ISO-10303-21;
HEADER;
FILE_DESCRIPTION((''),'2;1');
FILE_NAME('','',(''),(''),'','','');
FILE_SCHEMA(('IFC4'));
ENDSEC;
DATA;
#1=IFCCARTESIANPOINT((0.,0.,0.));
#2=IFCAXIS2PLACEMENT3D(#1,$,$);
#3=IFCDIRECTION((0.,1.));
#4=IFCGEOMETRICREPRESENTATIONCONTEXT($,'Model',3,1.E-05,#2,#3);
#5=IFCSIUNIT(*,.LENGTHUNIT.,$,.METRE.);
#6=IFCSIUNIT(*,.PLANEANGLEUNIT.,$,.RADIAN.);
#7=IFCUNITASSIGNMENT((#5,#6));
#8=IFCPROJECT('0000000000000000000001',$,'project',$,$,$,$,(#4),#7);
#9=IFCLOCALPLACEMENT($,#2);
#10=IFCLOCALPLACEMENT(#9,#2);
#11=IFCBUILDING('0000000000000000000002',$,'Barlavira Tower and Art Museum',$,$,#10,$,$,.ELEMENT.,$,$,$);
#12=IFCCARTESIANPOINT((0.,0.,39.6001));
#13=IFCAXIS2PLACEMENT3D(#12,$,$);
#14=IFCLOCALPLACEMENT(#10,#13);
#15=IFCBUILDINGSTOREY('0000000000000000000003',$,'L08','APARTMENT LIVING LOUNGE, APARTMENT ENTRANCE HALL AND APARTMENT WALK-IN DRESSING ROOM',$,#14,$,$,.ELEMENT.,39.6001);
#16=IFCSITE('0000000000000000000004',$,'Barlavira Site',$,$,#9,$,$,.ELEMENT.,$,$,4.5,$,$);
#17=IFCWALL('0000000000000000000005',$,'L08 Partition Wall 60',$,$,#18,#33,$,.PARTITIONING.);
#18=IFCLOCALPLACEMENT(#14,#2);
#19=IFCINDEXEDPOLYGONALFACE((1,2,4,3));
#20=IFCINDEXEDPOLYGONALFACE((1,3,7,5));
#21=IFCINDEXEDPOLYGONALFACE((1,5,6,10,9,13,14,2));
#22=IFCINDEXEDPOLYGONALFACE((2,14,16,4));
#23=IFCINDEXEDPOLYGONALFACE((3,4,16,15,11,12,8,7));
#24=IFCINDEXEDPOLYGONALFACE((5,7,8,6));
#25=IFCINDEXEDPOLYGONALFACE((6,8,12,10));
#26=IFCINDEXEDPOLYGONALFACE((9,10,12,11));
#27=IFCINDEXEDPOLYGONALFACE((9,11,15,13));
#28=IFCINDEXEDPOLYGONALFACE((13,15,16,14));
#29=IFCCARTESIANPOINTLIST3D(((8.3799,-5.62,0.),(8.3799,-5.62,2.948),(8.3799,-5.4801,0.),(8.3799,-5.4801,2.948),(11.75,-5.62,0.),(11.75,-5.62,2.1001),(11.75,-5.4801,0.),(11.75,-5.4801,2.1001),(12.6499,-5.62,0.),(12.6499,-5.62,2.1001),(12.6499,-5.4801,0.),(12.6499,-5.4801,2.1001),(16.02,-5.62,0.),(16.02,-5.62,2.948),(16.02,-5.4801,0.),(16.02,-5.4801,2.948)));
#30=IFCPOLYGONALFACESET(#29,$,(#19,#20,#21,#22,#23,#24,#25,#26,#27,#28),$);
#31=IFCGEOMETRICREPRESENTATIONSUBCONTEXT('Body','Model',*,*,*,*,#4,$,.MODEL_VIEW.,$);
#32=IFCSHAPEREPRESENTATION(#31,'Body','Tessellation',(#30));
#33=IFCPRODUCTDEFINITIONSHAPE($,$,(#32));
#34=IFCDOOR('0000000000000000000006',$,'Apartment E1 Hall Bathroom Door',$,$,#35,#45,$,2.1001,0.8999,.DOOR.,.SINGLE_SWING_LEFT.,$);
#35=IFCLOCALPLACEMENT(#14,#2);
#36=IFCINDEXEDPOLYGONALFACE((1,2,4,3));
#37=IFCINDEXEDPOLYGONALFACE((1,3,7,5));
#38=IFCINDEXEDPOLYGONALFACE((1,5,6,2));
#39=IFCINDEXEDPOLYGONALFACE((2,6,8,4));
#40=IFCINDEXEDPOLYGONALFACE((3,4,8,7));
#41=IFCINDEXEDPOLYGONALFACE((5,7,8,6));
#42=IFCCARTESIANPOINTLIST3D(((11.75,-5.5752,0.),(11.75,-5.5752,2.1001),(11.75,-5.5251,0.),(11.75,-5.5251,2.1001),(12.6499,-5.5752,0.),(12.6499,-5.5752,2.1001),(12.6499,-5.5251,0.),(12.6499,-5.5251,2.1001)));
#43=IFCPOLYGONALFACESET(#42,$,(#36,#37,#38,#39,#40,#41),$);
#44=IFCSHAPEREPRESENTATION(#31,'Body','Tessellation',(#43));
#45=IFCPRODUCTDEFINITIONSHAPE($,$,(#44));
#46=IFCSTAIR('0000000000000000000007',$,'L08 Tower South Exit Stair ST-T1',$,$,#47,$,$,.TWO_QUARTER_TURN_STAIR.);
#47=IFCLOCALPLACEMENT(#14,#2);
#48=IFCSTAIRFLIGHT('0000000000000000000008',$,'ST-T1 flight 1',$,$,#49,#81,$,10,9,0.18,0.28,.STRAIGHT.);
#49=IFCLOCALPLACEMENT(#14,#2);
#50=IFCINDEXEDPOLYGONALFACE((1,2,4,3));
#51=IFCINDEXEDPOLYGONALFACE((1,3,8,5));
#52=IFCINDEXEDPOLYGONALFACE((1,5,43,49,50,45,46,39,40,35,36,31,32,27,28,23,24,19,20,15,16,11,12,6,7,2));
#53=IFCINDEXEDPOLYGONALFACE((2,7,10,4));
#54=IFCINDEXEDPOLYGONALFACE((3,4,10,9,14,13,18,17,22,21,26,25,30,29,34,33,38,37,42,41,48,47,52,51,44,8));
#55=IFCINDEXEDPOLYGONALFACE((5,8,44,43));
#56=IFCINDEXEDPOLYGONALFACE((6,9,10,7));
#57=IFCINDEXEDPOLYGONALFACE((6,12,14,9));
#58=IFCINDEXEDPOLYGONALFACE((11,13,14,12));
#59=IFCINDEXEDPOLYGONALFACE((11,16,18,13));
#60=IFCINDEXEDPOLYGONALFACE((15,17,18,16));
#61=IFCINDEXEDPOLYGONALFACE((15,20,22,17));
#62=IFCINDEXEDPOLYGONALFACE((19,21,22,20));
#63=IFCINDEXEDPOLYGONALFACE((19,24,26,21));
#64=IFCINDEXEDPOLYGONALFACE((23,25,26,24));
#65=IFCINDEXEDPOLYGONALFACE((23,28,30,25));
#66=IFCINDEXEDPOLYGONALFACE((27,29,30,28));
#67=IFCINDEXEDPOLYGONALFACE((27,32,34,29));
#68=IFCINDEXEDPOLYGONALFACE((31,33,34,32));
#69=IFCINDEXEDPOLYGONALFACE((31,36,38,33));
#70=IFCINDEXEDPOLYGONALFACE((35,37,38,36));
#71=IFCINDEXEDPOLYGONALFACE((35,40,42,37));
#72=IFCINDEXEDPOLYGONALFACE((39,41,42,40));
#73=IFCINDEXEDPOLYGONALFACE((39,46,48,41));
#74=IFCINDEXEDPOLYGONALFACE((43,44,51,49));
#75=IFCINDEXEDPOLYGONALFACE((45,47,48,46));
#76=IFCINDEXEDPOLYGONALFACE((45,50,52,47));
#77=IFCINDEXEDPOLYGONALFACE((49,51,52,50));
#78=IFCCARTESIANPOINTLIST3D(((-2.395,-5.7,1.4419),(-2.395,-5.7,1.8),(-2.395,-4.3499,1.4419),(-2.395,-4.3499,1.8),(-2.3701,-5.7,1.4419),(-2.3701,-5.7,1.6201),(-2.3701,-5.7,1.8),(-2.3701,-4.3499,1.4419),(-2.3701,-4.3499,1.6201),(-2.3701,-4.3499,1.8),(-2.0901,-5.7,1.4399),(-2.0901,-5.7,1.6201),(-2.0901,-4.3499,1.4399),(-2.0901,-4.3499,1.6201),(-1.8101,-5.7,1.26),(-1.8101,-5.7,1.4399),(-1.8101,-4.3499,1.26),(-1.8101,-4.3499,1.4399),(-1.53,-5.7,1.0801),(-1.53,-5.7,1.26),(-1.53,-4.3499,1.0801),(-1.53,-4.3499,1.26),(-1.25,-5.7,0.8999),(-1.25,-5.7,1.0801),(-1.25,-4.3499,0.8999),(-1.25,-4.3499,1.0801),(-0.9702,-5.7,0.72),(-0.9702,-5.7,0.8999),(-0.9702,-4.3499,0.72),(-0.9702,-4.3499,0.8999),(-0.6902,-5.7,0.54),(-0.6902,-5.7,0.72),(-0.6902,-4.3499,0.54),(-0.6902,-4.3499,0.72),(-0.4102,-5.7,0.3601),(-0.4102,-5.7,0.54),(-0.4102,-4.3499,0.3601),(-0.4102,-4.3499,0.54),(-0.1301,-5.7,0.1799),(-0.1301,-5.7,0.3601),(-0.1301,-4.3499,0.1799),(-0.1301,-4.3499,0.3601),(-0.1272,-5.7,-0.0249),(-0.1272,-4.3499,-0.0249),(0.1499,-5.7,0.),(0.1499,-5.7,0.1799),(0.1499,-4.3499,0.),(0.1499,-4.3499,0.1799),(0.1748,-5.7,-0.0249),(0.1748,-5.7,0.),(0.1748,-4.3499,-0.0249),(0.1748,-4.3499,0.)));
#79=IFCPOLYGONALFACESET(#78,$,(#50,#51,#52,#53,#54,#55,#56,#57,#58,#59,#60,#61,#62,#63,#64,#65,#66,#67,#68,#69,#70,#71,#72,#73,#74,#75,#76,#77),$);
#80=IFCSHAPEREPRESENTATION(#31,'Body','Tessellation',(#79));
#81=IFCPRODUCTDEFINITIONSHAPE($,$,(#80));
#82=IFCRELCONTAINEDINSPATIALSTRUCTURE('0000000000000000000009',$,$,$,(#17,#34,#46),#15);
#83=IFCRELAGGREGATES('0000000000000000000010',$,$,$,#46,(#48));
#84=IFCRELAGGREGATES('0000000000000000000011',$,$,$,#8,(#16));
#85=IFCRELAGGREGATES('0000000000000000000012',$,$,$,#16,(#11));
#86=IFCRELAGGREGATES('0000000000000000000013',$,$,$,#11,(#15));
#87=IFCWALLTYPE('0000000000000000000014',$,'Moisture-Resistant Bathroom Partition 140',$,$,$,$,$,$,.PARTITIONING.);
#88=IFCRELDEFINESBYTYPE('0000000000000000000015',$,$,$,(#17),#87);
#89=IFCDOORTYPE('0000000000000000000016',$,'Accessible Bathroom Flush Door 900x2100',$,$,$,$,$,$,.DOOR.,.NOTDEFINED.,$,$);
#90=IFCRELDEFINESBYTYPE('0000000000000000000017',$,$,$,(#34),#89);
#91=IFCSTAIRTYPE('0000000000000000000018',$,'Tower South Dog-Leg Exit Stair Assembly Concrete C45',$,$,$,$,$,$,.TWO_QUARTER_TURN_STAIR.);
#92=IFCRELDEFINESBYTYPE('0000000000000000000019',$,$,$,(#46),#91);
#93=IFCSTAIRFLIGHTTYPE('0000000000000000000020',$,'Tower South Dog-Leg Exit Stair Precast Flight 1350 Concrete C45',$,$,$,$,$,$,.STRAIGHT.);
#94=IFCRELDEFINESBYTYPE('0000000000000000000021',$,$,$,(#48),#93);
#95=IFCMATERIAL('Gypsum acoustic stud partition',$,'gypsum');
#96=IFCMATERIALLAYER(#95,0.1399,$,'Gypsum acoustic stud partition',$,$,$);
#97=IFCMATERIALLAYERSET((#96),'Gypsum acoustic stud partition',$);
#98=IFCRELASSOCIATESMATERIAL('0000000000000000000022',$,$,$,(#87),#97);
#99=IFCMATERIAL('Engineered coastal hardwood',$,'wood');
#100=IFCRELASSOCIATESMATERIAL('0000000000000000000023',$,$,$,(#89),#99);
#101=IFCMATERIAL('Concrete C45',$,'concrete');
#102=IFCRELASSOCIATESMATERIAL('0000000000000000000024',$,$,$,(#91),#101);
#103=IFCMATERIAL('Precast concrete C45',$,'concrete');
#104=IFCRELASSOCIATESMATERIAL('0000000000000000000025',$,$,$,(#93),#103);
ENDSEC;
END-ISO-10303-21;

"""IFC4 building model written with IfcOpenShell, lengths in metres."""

from ifc_helpers import new_model, si_unit, direction, frame, frame_2d, origin, place, context, subcontext, project, spatial, polyline, rectangle, outline, extrude, material, layer, layer_set, type_object, element, fill, aggregate, save


model = new_model("IFC4")

# Units and contexts
model_context = context("Model", 3, precision=1e-05, world=origin(), true_north=direction((0.0, 1.0)))
body_context = subcontext(model_context, "Body", "Model", "MODEL_VIEW")
ifc_project = project(units=[si_unit("LENGTHUNIT", "METRE"), si_unit("PLANEANGLEUNIT", "RADIAN")], contexts=[model_context])

# Site, building, storey
site_placement = place(None, origin())
site = spatial("IfcSite", under=ifc_project, at=site_placement, Name="Barlavira Site", CompositionType="ELEMENT", RefElevation=4.5)
building_placement = place(site_placement, origin())
building = spatial("IfcBuilding", under=site, at=building_placement, Name="Barlavira Tower and Art Museum", CompositionType="ELEMENT")
storey_placement = place(building_placement, frame((0.0, 0.0, 39.6001)))
storey = spatial("IfcBuildingStorey", under=building, at=storey_placement, Name="L08", Description="APARTMENT LIVING LOUNGE, APARTMENT ENTRANCE HALL AND APARTMENT WALK-IN DRESSING ROOM", CompositionType="ELEMENT", Elevation=39.6001)

# Shared definitions
ifc_material_1 = material(Name="Gypsum acoustic stud partition", Category="gypsum")
ifc_material_2 = material(Name="Engineered coastal hardwood", Category="wood")

# Wall, opening, door
ifc_layer_1 = layer(ifc_material_1, 0.1399, Name="Gypsum acoustic stud partition")
ifc_layer_set_1 = layer_set([ifc_layer_1], Name="Gypsum acoustic stud partition")
wall_type_1 = type_object("IfcWallType", Name="Moisture-Resistant Bathroom Partition 140", PredefinedType="PARTITIONING", material=ifc_layer_set_1)
wall_1_placement = place(storey_placement, frame((8.3799, -5.55, 0.0), z_axis=(0.0, 0.0, 1.0), x_axis=(1.0, 0.0, 0.0)))
wall_1 = element("IfcWall", 1, at=wall_1_placement, inside=storey, type_object=wall_type_1, Name="L08 Partition Wall 60", PredefinedType="PARTITIONING", context=body_context, shape_type="SweptSolid", body=[
    extrude(rectangle(XDim=7.6401, YDim=0.1399, at=frame_2d((3.8201, 0.0))), origin(), (0.0, 0.0, 1.0), 2.948),
])
opening_1_placement = place(wall_1_placement, frame((3.3701, 0.0, 0.0)))
opening_1 = element("IfcOpeningElement", 2, at=opening_1_placement, cuts=wall_1, PredefinedType="OPENING", context=body_context, shape_type="SweptSolid", body=[
    extrude(rectangle(XDim=0.8999, YDim=2.1001, at=frame_2d((0.45, 1.05))), frame((0.0, 0.0801, 0.0), z_axis=(0.0, -1.0, 0.0), x_axis=(1.0, 0.0, 0.0)), (0.0, 0.0, 1.0), 0.1599),
])
door_type_1 = type_object("IfcDoorType", Name="Accessible Bathroom Flush Door 900x2100", OperationType="NOTDEFINED", PredefinedType="DOOR", material=ifc_material_2)
door_1_placement = place(opening_1_placement, origin())
door_1 = element("IfcDoor", 3, at=door_1_placement, inside=storey, type_object=door_type_1, Name="Apartment E1 Hall Bathroom Door", OperationType="SINGLE_SWING_LEFT", OverallHeight=2.1001, OverallWidth=0.8999, PredefinedType="DOOR", context=body_context, shape_type="SweptSolid", body=[
    extrude(rectangle(XDim=0.8999, YDim=2.1001, at=frame_2d((0.45, 1.05))), frame((0.0, 0.0249, 0.0), z_axis=(0.0, -1.0, 0.0), x_axis=(1.0, 0.0, 0.0)), (0.0, 0.0, 1.0), 0.05),
])
fill(opening_1, door_1)

# Stair, stair flight
ifc_material_3 = material(Name="Concrete C45", Category="concrete")
stair_type = type_object("IfcStairType", Name="Tower South Dog-Leg Exit Stair Assembly Concrete C45", PredefinedType="TWO_QUARTER_TURN_STAIR", material=ifc_material_3)
stair_placement = place(storey_placement, origin())
stair = element("IfcStair", 4, at=stair_placement, inside=storey, type_object=stair_type, Name="L08 Tower South Exit Stair ST-T1", PredefinedType="TWO_QUARTER_TURN_STAIR")
ifc_material_4 = material(Name="Precast concrete C45", Category="concrete")
stair_flight_type = type_object("IfcStairFlightType", Name="Tower South Dog-Leg Exit Stair Precast Flight 1350 Concrete C45", PredefinedType="STRAIGHT", material=ifc_material_4)
stair_flight_placement = place(storey_placement, frame((0.1499, -5.0249, 0.0), z_axis=(0.0, 0.0, 1.0), x_axis=(-1.0, 0.0, 0.0)))
stair_flight = element("IfcStairFlight", 5, at=stair_flight_placement, type_object=stair_flight_type, Name="ST-T1 flight 1", NumberOfRisers=10, NumberOfTreads=9, PredefinedType="STRAIGHT", RiserHeight=0.18, TreadLength=0.28, context=body_context, shape_type="SweptSolid", body=[
    extrude(outline(polyline([(-0.0249, 0.0), (0.0, 0.0), (0.0, 0.1799), (0.28, 0.1799), (0.28, 0.3601), (0.5601, 0.3601), (0.5601, 0.54), (0.8401, 0.54), (0.8401, 0.72), (1.1201, 0.72), (1.1201, 0.8999), (1.3999, 0.8999), (1.3999, 1.0801), (1.6799, 1.0801), (1.6799, 1.26), (1.96, 1.26), (1.96, 1.4399), (2.24, 1.4399), (2.24, 1.6201), (2.52, 1.6201), (2.52, 1.8), (2.5449, 1.8), (2.5449, 1.4419), (2.52, 1.4419), (0.2771, -0.0249), (-0.0249, -0.0249), (-0.0249, 0.0)])), frame((0.0, 0.675, 0.0), z_axis=(0.0, -1.0, 0.0), x_axis=(1.0, 0.0, 0.0)), (0.0, 0.0, 1.0), 1.3501),
])
aggregate(stair, [stair_flight])

save(model, "model.ifc")
